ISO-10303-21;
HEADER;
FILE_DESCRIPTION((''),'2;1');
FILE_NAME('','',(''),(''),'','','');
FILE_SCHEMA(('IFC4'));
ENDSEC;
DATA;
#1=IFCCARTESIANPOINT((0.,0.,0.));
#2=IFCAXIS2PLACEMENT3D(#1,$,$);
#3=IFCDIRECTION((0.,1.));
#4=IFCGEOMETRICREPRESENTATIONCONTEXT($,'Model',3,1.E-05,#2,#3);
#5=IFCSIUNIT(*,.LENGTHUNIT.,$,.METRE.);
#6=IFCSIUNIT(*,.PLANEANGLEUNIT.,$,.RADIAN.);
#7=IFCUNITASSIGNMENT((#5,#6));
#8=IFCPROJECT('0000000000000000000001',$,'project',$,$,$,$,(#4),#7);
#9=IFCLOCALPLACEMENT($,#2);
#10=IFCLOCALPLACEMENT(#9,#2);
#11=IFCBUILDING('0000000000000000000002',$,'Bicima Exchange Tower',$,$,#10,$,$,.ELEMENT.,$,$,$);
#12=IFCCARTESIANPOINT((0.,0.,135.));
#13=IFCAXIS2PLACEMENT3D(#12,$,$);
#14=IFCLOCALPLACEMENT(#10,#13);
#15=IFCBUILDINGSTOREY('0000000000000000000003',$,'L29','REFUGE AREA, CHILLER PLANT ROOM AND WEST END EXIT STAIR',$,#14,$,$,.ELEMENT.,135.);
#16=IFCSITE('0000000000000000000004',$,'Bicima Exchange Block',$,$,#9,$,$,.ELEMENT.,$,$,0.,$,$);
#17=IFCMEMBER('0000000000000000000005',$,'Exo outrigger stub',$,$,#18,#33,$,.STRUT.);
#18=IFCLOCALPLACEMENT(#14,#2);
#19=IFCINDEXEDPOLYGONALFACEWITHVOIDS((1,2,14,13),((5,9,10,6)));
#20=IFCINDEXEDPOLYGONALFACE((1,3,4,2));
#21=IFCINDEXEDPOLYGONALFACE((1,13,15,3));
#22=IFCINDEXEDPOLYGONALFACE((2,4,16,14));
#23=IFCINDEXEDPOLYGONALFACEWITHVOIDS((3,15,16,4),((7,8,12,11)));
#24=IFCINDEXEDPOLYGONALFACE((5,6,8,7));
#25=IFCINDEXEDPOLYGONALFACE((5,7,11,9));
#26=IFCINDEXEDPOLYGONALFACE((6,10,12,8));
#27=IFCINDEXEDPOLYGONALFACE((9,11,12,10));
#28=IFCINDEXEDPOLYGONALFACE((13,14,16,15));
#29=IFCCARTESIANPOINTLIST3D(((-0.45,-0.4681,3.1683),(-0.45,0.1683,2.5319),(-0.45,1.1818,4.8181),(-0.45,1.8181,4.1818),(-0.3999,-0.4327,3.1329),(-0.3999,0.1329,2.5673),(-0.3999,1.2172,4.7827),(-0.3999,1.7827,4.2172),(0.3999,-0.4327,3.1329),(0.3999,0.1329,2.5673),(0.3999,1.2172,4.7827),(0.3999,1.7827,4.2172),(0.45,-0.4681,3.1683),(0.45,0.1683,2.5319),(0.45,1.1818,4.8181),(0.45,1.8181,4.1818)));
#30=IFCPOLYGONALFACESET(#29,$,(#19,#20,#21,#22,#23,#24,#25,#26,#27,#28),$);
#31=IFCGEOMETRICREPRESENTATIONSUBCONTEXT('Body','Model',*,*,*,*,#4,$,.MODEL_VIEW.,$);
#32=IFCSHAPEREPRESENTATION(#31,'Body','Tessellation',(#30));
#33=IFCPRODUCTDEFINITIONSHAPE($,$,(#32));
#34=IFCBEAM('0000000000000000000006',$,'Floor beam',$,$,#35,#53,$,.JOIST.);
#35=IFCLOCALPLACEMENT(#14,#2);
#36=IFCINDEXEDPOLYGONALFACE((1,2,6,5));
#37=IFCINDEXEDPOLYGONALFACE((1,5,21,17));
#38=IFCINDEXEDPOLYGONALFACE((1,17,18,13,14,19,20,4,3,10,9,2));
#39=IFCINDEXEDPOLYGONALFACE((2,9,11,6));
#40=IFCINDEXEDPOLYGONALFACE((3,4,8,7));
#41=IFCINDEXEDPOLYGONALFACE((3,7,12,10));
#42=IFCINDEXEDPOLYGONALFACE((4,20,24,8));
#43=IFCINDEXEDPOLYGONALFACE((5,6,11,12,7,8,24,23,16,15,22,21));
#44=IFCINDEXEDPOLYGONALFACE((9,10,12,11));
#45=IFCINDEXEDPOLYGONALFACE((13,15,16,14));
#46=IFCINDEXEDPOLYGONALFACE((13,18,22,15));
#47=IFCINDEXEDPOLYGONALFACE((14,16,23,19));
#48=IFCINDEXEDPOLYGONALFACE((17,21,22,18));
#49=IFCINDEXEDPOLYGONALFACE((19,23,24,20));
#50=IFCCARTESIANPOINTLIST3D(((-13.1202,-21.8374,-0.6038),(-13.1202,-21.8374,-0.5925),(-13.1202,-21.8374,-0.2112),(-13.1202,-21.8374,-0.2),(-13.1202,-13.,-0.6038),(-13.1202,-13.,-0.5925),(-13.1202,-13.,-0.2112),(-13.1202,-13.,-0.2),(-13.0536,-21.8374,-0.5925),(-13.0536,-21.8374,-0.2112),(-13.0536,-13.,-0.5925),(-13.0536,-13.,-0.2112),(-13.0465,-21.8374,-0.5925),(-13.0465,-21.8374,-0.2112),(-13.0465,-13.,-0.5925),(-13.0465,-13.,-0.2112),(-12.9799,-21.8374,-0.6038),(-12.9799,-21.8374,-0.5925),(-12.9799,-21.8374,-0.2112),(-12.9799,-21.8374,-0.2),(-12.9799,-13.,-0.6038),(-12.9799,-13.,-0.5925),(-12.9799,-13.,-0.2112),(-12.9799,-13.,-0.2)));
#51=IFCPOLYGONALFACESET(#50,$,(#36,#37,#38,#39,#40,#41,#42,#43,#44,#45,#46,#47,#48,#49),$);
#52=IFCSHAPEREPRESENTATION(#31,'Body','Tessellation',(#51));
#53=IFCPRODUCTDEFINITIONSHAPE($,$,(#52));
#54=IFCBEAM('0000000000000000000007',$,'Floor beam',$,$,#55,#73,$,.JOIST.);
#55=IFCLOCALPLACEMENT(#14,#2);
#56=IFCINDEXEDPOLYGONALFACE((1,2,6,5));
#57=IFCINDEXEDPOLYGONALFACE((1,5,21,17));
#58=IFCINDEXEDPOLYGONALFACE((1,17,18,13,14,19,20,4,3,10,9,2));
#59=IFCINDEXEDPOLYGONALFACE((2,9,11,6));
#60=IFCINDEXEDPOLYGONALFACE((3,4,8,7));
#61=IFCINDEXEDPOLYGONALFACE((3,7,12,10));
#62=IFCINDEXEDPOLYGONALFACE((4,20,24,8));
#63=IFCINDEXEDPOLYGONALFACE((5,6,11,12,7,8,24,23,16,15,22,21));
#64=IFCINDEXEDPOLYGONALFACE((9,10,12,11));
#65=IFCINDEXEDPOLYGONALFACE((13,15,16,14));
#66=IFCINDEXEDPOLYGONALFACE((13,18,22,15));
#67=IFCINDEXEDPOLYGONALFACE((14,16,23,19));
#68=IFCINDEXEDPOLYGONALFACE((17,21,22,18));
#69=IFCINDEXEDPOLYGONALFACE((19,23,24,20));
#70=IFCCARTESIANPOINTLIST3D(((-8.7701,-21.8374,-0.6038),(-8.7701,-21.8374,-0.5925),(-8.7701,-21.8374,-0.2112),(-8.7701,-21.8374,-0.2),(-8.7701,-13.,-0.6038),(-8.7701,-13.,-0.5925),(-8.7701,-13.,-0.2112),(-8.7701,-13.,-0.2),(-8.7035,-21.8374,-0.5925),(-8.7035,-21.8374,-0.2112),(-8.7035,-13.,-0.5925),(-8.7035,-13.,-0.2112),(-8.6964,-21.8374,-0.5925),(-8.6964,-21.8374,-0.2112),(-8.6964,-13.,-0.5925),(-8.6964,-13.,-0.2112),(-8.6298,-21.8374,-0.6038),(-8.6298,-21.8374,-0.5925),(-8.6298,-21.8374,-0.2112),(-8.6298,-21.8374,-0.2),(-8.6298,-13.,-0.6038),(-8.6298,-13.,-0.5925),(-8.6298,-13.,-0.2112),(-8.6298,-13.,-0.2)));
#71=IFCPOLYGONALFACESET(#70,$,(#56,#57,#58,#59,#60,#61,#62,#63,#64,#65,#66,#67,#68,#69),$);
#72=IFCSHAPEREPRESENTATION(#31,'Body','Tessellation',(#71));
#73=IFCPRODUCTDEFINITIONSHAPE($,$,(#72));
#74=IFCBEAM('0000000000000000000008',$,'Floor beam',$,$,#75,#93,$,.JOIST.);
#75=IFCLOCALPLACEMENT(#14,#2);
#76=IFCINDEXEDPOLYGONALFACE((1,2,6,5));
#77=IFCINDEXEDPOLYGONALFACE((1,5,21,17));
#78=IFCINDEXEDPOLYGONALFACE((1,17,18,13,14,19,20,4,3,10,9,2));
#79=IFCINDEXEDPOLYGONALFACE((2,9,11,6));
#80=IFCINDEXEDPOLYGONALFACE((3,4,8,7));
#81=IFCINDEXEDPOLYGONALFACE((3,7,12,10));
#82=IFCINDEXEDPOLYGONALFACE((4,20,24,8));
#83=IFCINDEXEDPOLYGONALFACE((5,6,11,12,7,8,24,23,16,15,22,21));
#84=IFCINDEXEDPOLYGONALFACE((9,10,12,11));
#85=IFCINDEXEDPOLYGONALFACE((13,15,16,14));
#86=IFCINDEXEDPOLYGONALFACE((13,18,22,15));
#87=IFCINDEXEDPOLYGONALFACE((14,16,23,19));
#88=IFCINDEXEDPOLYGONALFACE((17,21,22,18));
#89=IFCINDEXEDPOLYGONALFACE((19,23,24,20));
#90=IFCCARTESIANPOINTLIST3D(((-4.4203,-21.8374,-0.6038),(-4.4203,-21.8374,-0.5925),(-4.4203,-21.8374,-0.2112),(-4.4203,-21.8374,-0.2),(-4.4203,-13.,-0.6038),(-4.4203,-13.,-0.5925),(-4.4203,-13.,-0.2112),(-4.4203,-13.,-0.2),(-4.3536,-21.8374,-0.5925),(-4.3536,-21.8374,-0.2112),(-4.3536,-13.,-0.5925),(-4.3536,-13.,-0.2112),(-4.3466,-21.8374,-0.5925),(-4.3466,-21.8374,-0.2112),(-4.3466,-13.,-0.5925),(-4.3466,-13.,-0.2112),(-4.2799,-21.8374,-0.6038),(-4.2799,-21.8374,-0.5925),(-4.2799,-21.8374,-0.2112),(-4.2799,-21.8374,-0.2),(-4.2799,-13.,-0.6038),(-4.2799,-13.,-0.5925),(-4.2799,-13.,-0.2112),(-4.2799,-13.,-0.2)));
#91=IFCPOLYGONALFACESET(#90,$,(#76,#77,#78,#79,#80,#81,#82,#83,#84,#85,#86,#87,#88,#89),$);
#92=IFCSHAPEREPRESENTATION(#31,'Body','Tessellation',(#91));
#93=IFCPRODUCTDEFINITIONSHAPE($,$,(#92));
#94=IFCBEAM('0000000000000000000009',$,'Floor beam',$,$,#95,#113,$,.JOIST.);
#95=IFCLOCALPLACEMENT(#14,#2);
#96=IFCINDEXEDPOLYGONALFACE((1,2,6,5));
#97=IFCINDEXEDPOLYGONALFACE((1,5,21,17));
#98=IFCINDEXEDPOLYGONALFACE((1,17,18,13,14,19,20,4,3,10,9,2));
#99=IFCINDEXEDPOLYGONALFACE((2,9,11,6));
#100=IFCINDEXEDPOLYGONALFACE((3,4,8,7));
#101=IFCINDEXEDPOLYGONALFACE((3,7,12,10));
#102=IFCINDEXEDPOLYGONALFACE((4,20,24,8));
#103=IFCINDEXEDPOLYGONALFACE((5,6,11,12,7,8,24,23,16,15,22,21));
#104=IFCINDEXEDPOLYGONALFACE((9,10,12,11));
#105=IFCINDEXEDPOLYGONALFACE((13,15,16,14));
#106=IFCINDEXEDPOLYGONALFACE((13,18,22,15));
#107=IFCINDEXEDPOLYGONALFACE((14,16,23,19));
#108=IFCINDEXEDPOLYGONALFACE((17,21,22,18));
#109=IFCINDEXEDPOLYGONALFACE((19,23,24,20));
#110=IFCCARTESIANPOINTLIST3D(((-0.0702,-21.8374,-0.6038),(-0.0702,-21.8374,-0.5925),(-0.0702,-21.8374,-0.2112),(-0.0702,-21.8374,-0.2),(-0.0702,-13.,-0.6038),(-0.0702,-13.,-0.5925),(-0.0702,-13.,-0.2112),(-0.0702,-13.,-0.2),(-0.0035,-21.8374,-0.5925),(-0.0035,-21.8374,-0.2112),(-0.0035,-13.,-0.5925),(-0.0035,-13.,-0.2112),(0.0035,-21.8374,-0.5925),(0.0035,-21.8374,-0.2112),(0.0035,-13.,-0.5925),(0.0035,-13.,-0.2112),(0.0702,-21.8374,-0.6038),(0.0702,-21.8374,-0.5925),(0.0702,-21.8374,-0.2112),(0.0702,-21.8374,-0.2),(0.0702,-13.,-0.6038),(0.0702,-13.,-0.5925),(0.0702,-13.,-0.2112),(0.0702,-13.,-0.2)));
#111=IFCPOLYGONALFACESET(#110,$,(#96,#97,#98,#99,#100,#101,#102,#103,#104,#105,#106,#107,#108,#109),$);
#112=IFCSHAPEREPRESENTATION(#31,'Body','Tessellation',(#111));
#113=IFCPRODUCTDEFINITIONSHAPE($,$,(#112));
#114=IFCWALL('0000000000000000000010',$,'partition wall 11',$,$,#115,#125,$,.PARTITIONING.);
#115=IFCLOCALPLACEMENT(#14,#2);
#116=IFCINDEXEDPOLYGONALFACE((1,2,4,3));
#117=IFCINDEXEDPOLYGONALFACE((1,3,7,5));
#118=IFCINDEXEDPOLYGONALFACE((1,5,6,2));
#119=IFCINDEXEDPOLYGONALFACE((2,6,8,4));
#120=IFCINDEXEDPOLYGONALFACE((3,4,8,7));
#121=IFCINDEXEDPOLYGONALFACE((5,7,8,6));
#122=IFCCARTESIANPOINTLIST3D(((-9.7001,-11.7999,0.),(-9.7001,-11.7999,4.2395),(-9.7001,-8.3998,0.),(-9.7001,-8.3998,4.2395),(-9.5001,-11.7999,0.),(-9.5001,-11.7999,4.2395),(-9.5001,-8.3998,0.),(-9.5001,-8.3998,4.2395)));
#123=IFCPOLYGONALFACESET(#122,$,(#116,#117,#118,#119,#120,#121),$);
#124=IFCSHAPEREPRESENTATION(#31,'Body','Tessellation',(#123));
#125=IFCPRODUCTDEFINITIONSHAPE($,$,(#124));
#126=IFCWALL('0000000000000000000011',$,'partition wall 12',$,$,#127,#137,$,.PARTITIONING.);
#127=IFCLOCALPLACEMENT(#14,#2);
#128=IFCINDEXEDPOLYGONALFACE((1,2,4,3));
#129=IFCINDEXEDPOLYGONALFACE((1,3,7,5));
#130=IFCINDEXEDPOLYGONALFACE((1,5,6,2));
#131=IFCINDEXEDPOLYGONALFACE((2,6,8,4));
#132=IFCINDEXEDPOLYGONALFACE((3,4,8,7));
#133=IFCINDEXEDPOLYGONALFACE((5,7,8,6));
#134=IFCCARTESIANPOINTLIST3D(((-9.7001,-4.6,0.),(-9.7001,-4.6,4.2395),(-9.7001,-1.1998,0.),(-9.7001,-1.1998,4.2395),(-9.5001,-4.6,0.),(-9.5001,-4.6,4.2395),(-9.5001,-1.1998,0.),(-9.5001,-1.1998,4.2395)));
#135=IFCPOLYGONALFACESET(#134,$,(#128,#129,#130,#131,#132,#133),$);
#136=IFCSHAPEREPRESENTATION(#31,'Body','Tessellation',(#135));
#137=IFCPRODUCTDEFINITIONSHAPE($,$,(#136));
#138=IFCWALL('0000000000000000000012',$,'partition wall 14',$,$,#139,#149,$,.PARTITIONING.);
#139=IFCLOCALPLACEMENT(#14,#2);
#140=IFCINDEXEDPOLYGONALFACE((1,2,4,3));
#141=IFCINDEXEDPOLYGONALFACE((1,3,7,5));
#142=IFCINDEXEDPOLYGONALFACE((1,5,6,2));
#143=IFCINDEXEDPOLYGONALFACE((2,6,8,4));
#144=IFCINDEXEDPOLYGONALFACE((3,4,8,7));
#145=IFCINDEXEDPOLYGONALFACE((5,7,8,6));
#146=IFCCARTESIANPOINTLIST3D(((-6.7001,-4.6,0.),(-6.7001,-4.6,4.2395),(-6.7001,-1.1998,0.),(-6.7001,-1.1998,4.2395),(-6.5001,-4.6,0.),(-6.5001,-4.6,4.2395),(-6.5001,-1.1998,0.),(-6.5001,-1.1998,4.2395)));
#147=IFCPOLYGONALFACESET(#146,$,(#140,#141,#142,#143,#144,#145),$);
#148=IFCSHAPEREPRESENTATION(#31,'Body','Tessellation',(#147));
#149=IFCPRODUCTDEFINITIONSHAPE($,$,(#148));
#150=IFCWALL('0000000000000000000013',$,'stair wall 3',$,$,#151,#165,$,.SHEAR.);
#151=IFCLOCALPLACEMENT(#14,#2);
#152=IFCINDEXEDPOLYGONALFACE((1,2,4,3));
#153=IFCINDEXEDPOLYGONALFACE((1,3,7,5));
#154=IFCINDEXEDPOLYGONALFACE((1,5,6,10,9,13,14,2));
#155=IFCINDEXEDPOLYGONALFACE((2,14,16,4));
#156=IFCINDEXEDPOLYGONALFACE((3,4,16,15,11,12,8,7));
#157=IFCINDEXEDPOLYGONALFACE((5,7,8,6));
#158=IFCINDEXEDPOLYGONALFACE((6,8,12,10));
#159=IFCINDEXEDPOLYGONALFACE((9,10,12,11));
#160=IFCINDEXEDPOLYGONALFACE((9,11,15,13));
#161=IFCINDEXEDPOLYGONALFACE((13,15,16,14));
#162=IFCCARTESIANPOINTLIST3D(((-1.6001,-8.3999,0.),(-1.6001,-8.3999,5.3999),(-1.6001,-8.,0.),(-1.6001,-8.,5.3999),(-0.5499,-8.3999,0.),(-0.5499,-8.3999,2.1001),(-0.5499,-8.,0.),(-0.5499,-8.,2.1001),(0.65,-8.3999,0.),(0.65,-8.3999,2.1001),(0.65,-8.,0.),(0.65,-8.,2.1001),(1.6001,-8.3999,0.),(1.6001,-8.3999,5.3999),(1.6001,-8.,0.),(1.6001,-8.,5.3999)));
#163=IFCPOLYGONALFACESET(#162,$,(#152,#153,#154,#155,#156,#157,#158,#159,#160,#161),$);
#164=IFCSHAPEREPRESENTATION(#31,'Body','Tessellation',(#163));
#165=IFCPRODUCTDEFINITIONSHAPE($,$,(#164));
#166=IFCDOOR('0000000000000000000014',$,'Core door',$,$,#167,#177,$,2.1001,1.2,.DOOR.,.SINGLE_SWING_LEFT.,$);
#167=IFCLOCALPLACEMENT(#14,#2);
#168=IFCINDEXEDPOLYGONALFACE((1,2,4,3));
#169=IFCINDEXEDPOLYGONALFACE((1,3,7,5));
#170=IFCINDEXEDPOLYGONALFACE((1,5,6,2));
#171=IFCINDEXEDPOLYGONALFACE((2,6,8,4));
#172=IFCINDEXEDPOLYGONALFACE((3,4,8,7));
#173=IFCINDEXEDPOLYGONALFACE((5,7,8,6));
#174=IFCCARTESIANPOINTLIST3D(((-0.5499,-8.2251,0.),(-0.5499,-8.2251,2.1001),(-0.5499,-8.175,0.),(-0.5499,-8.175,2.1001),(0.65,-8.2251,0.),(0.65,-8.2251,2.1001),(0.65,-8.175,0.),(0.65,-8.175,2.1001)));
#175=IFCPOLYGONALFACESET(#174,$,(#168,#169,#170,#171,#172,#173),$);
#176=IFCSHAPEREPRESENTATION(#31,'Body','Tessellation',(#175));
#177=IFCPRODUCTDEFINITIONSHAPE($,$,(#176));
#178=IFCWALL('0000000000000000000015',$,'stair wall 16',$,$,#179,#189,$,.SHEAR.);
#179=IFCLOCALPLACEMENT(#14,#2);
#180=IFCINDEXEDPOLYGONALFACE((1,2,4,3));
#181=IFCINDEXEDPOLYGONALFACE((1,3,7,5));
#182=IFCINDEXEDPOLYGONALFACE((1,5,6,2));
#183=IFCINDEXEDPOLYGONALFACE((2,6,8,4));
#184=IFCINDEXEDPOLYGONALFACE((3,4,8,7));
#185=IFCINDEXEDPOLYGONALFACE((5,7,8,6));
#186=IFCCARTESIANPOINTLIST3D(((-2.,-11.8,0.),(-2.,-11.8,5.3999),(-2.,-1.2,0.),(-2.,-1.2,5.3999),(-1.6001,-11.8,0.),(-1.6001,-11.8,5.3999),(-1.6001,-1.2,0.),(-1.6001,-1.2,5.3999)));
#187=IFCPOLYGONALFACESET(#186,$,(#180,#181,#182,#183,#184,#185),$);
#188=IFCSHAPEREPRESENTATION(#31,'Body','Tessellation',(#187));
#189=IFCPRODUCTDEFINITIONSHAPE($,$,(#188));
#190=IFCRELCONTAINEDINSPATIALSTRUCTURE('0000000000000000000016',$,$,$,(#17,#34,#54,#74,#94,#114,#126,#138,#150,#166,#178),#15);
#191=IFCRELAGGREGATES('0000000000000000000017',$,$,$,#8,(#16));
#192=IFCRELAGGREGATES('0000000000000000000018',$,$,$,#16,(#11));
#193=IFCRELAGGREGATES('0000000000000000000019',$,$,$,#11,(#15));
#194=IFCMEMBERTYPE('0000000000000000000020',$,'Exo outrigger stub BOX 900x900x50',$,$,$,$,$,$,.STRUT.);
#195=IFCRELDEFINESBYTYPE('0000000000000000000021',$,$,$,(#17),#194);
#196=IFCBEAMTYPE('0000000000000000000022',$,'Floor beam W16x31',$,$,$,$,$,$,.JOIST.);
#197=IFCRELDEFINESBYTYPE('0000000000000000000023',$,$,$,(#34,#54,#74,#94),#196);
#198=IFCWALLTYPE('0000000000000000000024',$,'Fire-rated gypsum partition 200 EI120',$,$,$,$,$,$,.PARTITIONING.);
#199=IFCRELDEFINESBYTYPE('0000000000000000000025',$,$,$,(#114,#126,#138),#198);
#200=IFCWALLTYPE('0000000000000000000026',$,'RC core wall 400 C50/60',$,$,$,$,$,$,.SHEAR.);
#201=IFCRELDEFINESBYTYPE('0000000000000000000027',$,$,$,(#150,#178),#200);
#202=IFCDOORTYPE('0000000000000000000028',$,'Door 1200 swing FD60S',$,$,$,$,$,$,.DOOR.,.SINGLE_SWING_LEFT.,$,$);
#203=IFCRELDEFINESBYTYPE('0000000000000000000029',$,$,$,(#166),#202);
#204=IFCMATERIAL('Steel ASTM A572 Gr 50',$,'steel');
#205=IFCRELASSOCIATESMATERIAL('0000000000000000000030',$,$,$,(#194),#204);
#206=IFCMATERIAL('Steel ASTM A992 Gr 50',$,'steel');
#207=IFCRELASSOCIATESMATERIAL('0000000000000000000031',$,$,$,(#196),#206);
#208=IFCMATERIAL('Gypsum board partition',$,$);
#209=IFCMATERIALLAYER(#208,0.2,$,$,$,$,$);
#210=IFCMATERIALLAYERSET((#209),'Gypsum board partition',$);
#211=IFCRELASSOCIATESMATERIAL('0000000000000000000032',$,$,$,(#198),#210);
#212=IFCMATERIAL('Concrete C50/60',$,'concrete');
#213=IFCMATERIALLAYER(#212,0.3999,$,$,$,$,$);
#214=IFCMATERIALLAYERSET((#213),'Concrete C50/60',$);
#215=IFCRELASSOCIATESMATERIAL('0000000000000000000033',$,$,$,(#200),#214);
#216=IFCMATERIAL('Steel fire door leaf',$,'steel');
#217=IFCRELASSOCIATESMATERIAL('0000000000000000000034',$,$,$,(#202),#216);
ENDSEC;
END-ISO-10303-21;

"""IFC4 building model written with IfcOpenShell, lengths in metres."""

from ifc_helpers import new_model, si_unit, direction, frame, frame_2d, origin, origin_2d, place, context, subcontext, project, spatial, rectangle, hollow_rectangle, i_section, extrude, material, layer, layer_set, material_profile, profile_set, type_object, element, fill, save


model = new_model("IFC4")

# Units and contexts
model_context = context("Model", 3, precision=1e-05, world=origin(), true_north=direction((0.0, 1.0)))
body_context = subcontext(model_context, "Body", "Model", "MODEL_VIEW")
ifc_project = project(units=[si_unit("LENGTHUNIT", "METRE"), si_unit("PLANEANGLEUNIT", "RADIAN")], contexts=[model_context])

# Site, building, storey
site_placement = place(None, origin())
site = spatial("IfcSite", under=ifc_project, at=site_placement, Name="Bicima Exchange Block", CompositionType="ELEMENT", RefElevation=0.0)
building_placement = place(site_placement, origin())
building = spatial("IfcBuilding", under=site, at=building_placement, Name="Bicima Exchange Tower", CompositionType="ELEMENT")
storey_placement = place(building_placement, frame((0.0, 0.0, 135.0)))
storey = spatial("IfcBuildingStorey", under=building, at=storey_placement, Name="L29", Description="REFUGE AREA, CHILLER PLANT ROOM AND WEST END EXIT STAIR", CompositionType="ELEMENT", Elevation=135.0)

# Member
ifc_material_1 = material(Name="Steel ASTM A572 Gr 50", Category="steel")
ifc_material_profile_1 = material_profile(ifc_material_1, hollow_rectangle(XDim=0.8999, YDim=0.8999, WallThickness=0.05, at=origin_2d()))
ifc_profile_set_1 = profile_set([ifc_material_profile_1], Name="Steel ASTM A572 Gr 50")
member_type = type_object("IfcMemberType", Name="Exo outrigger stub BOX 900x900x50", PredefinedType="STRUT", material=ifc_profile_set_1)
member_placement = place(storey_placement, frame((0.0, -0.1499, 2.8501), z_axis=(0.0, 0.707107, 0.707107), x_axis=(-1.0, 0.0, 0.0)))
element("IfcMember", 1, at=member_placement, inside=storey, type_object=member_type, Name="Exo outrigger stub", PredefinedType="STRUT", context=body_context, shape_type="SweptSolid", body=[
    extrude(hollow_rectangle(XDim=0.8999, YDim=0.8999, WallThickness=0.05, at=origin_2d()), origin(), (0.0, 0.0, 1.0), 2.3333),
])

# Beams
ifc_material_2 = material(Name="Steel ASTM A992 Gr 50", Category="steel")
ifc_material_profile_2 = material_profile(ifc_material_2, i_section(OverallWidth=0.1404, OverallDepth=0.4038, WebThickness=0.0071, FlangeThickness=0.0112, at=origin_2d()))
ifc_profile_set_2 = profile_set([ifc_material_profile_2], Name="Steel ASTM A992 Gr 50")
beam_type = type_object("IfcBeamType", Name="Floor beam W16x31", PredefinedType="JOIST", material=ifc_profile_set_2)
for number, where, z_axis, x_axis, name in (
    (2, (-13.05, -13.0, -0.4019), (0.0, -1.0, 0.0), (1.0, 0.0, 0.0), "Floor beam"),
    (3, (-8.7, -13.0, -0.4019), (0.0, -1.0, 0.0), (1.0, 0.0, 0.0), "Floor beam"),
    (4, (-4.3501, -13.0, -0.4019), (0.0, -1.0, 0.0), (1.0, 0.0, 0.0), "Floor beam"),
    (5, (0.0, -13.0, -0.4019), (0.0, -1.0, 0.0), (1.0, 0.0, 0.0), "Floor beam"),
):
    element("IfcBeam", number, at=place(storey_placement, frame(where, z_axis=z_axis, x_axis=x_axis)), inside=storey, type_object=beam_type, Name=name, PredefinedType="JOIST", context=body_context, shape_type="SweptSolid", body=[
        extrude(i_section(OverallWidth=0.1404, OverallDepth=0.4038, WebThickness=0.0071, FlangeThickness=0.0112, at=origin_2d()), origin(), (0.0, 0.0, 1.0), 8.8374),
    ])

# Walls
ifc_material_3 = material(Name="Gypsum board partition")
ifc_layer_1 = layer(ifc_material_3, 0.2)
ifc_layer_set_1 = layer_set([ifc_layer_1], Name="Gypsum board partition")
wall_type_1 = type_object("IfcWallType", Name="Fire-rated gypsum partition 200 EI120", PredefinedType="PARTITIONING", material=ifc_layer_set_1)
for number, where, z_axis, x_axis, name in (
    (6, (-9.6001, -11.8, 0.0), (0.0, 0.0, 1.0), (0.0, 1.0, 0.0), "partition wall 11"),
    (7, (-9.6001, -4.6001, 0.0), (0.0, 0.0, 1.0), (0.0, 1.0, 0.0), "partition wall 12"),
    (8, (-6.6001, -4.6001, 0.0), (0.0, 0.0, 1.0), (0.0, 1.0, 0.0), "partition wall 14"),
):
    element("IfcWall", number, at=place(storey_placement, frame(where, z_axis=z_axis, x_axis=x_axis)), inside=storey, type_object=wall_type_1, Name=name, PredefinedType="PARTITIONING", context=body_context, shape_type="SweptSolid", body=[
        extrude(rectangle(XDim=3.4001, YDim=0.2, at=frame_2d((1.7002, 0.0))), origin(), (0.0, 0.0, 1.0), 4.2395),
    ])

# Wall, opening, door
ifc_material_4 = material(Name="Concrete C50/60", Category="concrete")
ifc_layer_2 = layer(ifc_material_4, 0.3999)
ifc_layer_set_2 = layer_set([ifc_layer_2], Name="Concrete C50/60")
wall_type_2 = type_object("IfcWallType", Name="RC core wall 400 C50/60", PredefinedType="SHEAR", material=ifc_layer_set_2)
wall_1_placement = place(storey_placement, frame((-1.6001, -8.2, 0.0), z_axis=(0.0, 0.0, 1.0), x_axis=(1.0, 0.0, 0.0)))
wall_1 = element("IfcWall", 9, at=wall_1_placement, inside=storey, type_object=wall_type_2, Name="stair wall 3", PredefinedType="SHEAR", context=body_context, shape_type="SweptSolid", body=[
    extrude(rectangle(XDim=3.2002, YDim=0.3999, at=frame_2d((1.6001, 0.0))), origin(), (0.0, 0.0, 1.0), 5.3999),
])
opening_1_placement = place(wall_1_placement, frame((1.05, 0.0, 0.0)))
opening_1 = element("IfcOpeningElement", 10, at=opening_1_placement, cuts=wall_1, PredefinedType="OPENING", context=body_context, shape_type="SweptSolid", body=[
    extrude(rectangle(XDim=1.2, YDim=2.1001, at=frame_2d((0.6001, 1.05))), frame((0.0, 0.2119, 0.0), z_axis=(0.0, -1.0, 0.0), x_axis=(1.0, 0.0, 0.0)), (0.0, 0.0, 1.0), 0.4238),
])
ifc_material_5 = material(Name="Steel fire door leaf", Category="steel")
door_type_1 = type_object("IfcDoorType", Name="Door 1200 swing FD60S", OperationType="SINGLE_SWING_LEFT", PredefinedType="DOOR", material=ifc_material_5)
door_1_placement = place(opening_1_placement, origin())
door_1 = element("IfcDoor", 11, at=door_1_placement, inside=storey, type_object=door_type_1, Name="Core door", OperationType="SINGLE_SWING_LEFT", OverallHeight=2.1001, OverallWidth=1.2, PredefinedType="DOOR", context=body_context, shape_type="SweptSolid", body=[
    extrude(rectangle(XDim=1.2, YDim=2.1001, at=frame_2d((0.6001, 1.05))), frame((0.0, 0.0249, 0.0), z_axis=(0.0, -1.0, 0.0), x_axis=(1.0, 0.0, 0.0)), (0.0, 0.0, 1.0), 0.05),
])
fill(opening_1, door_1)

# Wall
wall_2_placement = place(storey_placement, frame((-1.8, -11.8, 0.0), z_axis=(0.0, 0.0, 1.0), x_axis=(0.0, 1.0, 0.0)))
element("IfcWall", 12, at=wall_2_placement, inside=storey, type_object=wall_type_2, Name="stair wall 16", PredefinedType="SHEAR", context=body_context, shape_type="SweptSolid", body=[
    extrude(rectangle(XDim=10.6001, YDim=0.3999, at=frame_2d((5.3, 0.0))), origin(), (0.0, 0.0, 1.0), 5.3999),
])

save(model, "model.ifc")
